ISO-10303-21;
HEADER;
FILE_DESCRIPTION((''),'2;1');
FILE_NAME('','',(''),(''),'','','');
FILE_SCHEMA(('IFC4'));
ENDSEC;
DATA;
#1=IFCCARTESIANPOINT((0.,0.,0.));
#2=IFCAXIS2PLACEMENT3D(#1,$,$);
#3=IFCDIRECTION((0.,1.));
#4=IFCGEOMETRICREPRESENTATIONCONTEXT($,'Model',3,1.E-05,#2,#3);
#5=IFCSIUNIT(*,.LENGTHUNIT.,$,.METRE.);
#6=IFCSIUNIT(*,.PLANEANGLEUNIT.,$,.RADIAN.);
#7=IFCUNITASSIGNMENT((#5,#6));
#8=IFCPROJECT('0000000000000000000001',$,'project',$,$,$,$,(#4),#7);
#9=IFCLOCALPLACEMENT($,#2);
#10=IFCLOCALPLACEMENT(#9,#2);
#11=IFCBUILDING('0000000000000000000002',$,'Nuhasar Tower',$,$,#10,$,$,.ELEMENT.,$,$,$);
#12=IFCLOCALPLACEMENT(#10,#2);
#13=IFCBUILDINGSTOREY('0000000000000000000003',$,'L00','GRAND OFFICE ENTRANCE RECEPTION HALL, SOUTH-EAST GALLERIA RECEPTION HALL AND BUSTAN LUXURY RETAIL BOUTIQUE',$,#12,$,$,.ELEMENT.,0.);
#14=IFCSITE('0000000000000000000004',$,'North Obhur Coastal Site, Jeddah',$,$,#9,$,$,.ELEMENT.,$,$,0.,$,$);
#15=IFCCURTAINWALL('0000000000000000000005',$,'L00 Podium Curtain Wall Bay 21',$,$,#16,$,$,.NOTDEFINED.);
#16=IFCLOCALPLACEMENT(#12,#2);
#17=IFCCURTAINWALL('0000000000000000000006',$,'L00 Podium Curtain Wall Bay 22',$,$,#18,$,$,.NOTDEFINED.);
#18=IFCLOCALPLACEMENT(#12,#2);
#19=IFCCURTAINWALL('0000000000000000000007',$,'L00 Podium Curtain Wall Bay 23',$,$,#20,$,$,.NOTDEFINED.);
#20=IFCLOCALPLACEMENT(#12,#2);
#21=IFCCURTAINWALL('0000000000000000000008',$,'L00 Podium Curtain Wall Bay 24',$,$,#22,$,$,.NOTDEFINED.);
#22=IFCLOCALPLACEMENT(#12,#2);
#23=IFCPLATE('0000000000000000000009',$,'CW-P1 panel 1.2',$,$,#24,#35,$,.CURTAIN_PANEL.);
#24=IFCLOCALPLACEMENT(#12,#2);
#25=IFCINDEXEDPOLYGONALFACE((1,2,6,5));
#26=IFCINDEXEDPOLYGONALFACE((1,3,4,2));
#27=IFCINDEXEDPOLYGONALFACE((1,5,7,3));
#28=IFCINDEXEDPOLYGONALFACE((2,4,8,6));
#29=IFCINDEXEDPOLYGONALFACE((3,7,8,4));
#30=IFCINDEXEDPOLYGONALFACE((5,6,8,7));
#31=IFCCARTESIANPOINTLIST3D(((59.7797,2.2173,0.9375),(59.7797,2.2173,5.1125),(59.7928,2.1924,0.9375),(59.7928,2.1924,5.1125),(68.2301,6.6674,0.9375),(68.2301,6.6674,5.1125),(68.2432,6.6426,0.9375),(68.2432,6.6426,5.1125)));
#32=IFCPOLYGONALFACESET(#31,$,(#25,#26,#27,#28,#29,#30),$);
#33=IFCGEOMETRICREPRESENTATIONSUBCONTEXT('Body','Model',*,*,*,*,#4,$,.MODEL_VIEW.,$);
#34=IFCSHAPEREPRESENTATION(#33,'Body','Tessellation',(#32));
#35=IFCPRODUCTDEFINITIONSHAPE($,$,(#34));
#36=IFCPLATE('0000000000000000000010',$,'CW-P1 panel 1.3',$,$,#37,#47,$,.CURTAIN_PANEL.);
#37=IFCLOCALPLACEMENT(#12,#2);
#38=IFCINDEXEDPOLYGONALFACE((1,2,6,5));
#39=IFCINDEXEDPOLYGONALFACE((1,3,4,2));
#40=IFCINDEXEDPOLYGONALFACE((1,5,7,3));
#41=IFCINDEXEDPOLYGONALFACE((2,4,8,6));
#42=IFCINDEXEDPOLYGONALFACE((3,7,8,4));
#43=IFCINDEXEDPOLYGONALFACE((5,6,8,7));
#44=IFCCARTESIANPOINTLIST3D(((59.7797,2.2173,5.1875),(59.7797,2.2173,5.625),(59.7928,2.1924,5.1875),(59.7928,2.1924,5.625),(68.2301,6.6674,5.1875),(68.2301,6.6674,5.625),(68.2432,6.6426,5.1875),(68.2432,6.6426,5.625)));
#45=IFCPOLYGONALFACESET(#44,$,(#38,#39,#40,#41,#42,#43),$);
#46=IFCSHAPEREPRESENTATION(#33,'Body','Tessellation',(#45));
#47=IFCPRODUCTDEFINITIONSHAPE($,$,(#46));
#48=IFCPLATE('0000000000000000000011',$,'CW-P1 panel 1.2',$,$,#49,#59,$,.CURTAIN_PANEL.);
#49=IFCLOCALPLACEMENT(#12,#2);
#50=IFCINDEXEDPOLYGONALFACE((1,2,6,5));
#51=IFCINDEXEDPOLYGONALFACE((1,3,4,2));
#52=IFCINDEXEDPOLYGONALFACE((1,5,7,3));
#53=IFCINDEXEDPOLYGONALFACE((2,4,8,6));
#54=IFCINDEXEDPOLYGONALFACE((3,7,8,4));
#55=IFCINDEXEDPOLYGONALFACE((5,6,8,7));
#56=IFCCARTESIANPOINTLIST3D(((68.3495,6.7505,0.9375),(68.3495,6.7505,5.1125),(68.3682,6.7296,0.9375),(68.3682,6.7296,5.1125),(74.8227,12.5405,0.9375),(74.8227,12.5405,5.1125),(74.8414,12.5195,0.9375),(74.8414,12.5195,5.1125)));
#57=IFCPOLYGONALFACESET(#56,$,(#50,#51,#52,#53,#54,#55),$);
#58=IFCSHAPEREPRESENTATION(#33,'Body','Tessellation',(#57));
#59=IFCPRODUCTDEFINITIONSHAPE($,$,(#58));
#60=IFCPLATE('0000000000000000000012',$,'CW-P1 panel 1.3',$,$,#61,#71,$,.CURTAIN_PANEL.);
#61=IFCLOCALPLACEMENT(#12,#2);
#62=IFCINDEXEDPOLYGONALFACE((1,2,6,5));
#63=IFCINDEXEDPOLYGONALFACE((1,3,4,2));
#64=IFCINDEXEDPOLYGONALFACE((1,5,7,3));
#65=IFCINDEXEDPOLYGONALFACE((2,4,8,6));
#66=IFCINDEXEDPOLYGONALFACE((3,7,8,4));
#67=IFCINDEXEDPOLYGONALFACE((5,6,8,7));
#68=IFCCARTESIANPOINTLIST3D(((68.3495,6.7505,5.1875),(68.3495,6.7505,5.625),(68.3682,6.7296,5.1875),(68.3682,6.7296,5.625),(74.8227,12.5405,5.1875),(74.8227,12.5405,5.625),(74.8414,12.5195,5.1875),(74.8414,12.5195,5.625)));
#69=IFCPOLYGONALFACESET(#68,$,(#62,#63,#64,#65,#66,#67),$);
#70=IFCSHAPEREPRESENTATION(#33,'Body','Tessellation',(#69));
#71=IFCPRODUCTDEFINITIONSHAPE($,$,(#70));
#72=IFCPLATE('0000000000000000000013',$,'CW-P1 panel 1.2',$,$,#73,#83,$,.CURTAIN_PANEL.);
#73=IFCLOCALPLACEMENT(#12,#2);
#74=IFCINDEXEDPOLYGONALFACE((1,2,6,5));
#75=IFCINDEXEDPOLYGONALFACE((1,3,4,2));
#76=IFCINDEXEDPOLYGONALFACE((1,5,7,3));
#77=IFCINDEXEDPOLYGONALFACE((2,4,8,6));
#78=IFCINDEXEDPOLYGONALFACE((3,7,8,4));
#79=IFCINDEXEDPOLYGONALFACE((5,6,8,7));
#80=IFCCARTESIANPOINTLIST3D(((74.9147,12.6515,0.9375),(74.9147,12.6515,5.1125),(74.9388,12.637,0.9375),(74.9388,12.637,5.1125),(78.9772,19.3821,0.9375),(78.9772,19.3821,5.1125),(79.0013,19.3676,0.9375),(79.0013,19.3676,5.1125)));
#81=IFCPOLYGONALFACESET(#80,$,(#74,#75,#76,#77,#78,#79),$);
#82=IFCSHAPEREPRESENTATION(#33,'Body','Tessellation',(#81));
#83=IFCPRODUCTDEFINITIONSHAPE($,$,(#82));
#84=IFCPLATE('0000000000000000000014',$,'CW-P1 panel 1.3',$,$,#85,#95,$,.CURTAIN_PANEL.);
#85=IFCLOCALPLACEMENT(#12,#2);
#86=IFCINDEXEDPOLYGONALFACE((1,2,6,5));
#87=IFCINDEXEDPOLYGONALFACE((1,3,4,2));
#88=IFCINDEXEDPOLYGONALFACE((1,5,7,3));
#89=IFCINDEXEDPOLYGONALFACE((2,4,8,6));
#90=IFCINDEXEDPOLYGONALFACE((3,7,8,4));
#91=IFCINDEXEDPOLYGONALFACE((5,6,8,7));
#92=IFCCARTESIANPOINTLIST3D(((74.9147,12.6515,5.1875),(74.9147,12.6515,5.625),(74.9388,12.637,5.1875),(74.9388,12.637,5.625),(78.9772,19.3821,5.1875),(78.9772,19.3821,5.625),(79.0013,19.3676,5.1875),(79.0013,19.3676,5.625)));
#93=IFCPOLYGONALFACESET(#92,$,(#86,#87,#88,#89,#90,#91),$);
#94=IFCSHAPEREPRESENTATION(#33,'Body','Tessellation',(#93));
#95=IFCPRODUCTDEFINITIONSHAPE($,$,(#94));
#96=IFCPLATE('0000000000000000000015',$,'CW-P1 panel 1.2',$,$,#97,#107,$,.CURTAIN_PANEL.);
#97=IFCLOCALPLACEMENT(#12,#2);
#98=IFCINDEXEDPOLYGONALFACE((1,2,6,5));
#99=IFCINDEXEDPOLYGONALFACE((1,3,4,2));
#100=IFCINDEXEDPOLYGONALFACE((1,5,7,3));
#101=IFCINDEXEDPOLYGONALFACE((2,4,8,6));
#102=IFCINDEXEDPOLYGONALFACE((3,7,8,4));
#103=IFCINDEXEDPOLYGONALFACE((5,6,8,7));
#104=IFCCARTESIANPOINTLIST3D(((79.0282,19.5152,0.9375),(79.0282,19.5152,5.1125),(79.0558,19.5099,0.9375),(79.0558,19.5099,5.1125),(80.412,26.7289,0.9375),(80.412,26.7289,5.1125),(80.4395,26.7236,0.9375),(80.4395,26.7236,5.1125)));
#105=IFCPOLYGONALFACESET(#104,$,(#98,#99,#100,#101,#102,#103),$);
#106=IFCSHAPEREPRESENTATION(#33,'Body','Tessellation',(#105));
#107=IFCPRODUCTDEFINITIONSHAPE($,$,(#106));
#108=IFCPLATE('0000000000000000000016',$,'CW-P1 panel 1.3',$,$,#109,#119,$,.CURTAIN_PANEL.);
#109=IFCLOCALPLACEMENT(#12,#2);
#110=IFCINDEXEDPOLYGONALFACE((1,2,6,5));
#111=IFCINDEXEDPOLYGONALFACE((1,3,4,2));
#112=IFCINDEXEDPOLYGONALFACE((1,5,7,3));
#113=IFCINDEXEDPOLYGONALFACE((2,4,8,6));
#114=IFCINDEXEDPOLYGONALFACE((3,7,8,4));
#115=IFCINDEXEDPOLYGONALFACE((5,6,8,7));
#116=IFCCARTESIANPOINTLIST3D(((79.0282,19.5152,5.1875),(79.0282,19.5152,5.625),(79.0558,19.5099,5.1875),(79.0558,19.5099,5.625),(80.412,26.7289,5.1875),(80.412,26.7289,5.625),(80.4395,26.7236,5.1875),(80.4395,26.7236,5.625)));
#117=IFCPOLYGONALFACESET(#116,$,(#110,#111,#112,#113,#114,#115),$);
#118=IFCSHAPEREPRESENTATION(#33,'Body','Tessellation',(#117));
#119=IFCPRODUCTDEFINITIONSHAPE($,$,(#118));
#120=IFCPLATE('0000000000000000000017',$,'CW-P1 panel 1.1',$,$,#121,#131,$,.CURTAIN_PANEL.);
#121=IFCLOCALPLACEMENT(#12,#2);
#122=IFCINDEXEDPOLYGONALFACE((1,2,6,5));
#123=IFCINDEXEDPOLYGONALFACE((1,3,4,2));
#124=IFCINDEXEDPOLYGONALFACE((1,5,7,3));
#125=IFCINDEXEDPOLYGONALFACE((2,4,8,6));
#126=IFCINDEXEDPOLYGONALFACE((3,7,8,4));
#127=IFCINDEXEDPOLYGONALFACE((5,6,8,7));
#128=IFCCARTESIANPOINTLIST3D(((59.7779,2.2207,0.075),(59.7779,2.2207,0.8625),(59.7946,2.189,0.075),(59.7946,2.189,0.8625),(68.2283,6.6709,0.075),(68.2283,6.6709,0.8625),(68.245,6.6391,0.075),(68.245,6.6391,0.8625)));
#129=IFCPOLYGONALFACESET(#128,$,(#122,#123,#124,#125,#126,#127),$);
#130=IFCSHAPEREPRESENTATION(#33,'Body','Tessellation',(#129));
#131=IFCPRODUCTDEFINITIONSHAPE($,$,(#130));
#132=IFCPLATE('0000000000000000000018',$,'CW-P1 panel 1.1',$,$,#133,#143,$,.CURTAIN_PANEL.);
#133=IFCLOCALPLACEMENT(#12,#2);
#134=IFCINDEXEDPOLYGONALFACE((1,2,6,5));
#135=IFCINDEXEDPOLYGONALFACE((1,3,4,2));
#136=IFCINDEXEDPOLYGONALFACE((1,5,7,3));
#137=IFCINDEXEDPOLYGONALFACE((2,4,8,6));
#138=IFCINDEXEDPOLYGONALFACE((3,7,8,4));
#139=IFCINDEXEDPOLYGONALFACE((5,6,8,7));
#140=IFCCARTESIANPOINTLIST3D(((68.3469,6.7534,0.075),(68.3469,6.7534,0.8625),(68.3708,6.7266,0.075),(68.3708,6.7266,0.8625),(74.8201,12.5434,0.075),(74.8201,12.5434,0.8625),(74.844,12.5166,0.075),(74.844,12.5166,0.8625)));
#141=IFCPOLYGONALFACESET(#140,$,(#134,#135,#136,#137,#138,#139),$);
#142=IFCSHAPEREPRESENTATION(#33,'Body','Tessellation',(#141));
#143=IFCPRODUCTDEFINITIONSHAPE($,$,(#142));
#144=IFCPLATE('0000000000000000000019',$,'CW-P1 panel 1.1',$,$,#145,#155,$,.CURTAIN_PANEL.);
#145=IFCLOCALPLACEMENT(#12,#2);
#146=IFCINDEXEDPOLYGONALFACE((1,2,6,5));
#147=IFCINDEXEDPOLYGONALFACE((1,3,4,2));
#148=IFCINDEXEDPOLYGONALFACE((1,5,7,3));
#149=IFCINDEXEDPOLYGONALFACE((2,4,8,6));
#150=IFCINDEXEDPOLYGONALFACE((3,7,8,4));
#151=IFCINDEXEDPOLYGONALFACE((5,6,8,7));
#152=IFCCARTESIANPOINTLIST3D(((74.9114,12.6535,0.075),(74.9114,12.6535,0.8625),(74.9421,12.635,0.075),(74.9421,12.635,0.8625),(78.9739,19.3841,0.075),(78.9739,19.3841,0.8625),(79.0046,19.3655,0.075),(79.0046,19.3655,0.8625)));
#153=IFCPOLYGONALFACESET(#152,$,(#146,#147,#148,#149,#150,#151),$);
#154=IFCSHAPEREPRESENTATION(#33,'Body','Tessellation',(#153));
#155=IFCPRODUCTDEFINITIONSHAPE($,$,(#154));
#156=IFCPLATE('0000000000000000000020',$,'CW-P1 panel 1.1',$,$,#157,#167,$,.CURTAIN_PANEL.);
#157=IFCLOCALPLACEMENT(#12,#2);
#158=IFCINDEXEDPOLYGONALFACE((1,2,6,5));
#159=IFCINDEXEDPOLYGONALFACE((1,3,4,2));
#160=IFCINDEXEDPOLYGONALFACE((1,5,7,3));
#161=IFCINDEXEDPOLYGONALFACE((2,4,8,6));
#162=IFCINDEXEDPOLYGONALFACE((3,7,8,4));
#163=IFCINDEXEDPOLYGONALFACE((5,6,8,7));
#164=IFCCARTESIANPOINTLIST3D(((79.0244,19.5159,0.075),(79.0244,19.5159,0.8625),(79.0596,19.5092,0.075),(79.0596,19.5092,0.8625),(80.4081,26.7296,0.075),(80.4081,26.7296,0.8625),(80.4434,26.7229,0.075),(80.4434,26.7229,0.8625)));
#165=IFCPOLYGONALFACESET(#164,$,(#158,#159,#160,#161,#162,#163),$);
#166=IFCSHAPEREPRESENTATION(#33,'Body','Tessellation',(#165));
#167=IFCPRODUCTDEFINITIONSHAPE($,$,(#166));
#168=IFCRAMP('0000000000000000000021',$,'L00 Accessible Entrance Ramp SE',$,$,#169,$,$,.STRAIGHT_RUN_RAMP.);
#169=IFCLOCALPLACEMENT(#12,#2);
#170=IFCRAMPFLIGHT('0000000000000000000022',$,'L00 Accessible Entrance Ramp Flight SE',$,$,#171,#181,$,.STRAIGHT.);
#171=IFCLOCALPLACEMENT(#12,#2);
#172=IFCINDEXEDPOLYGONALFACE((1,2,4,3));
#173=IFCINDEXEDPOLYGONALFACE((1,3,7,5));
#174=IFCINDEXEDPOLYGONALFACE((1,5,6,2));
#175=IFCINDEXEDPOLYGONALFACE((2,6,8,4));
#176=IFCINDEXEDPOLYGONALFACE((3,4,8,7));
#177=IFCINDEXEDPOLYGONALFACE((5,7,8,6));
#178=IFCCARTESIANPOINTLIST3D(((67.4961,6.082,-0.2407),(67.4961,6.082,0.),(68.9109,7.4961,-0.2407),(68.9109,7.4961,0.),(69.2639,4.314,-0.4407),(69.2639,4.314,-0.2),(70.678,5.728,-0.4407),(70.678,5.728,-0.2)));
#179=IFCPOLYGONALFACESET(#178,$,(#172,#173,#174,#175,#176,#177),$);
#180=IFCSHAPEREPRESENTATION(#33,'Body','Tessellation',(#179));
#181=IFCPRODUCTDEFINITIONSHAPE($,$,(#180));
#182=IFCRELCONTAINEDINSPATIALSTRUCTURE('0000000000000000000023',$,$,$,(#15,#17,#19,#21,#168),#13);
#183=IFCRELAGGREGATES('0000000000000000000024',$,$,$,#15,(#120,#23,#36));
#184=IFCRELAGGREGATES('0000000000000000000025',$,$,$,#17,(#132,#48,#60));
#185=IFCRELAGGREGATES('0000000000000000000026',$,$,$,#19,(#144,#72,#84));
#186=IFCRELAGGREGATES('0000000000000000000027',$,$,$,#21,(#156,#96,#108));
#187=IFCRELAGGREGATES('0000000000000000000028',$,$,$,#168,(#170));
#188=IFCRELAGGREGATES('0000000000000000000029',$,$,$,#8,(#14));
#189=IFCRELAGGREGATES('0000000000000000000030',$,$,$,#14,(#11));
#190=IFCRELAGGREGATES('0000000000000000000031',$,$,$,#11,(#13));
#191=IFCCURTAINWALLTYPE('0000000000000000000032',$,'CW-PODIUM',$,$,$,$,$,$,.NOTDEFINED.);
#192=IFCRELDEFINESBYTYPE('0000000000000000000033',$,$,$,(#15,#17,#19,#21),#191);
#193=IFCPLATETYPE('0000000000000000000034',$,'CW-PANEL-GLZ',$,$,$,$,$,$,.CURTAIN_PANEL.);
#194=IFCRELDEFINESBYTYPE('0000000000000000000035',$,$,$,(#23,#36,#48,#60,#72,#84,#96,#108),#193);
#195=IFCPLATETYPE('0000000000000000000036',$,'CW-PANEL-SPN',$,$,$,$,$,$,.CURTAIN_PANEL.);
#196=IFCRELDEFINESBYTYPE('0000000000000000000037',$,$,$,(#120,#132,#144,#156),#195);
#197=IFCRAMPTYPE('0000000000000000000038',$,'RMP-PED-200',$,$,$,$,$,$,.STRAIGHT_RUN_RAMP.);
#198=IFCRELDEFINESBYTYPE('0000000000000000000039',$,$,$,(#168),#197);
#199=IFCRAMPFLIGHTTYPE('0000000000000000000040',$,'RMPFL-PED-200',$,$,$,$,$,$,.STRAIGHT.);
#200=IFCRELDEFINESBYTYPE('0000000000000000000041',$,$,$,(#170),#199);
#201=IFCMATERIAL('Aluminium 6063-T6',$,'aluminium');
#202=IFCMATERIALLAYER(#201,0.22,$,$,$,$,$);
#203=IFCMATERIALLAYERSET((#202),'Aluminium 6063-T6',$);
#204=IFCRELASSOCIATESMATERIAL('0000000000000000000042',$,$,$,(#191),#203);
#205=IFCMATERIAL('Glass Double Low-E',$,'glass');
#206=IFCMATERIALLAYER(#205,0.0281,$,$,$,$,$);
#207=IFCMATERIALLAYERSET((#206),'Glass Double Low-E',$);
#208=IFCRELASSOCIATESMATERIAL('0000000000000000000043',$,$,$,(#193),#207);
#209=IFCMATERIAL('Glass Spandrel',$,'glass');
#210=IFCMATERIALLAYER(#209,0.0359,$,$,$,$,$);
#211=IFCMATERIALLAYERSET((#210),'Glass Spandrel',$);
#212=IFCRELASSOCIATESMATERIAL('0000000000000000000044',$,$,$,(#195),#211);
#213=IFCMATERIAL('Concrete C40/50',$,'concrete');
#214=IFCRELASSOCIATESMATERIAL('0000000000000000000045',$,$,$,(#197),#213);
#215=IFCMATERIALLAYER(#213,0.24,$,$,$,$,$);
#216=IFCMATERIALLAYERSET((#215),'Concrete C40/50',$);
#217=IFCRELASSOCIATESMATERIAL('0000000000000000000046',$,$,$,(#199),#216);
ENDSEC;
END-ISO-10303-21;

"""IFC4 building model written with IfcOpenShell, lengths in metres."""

from ifc_helpers import new_model, si_unit, direction, frame, origin, origin_2d, place, context, subcontext, project, spatial, polyline, rectangle, outline, extrude, material, layer, layer_set, type_object, element, aggregate, save


model = new_model("IFC4")

# Units and contexts
model_context = context("Model", 3, precision=1e-05, world=origin(), true_north=direction((0.0, 1.0)))
body_context = subcontext(model_context, "Body", "Model", "MODEL_VIEW")
ifc_project = project(units=[si_unit("LENGTHUNIT", "METRE"), si_unit("PLANEANGLEUNIT", "RADIAN")], contexts=[model_context])

# Site, building, storey
site_placement = place(None, origin())
site = spatial("IfcSite", under=ifc_project, at=site_placement, Name="North Obhur Coastal Site, Jeddah", CompositionType="ELEMENT", RefElevation=0.0)
building_placement = place(site_placement, origin())
building = spatial("IfcBuilding", under=site, at=building_placement, Name="Nuhasar Tower", CompositionType="ELEMENT")
storey_placement = place(building_placement, origin())
storey = spatial("IfcBuildingStorey", under=building, at=storey_placement, Name="L00", Description="GRAND OFFICE ENTRANCE RECEPTION HALL, SOUTH-EAST GALLERIA RECEPTION HALL AND BUSTAN LUXURY RETAIL BOUTIQUE", CompositionType="ELEMENT", Elevation=0.0)

# Shared definitions
ifc_material_1 = material(Name="Concrete C40/50", Category="concrete")

# Curtain wall
ifc_material_2 = material(Name="Aluminium 6063-T6", Category="aluminium")
ifc_layer_1 = layer(ifc_material_2, 0.22)
ifc_layer_set_1 = layer_set([ifc_layer_1], Name="Aluminium 6063-T6")
curtain_wall_type = type_object("IfcCurtainWallType", Name="CW-PODIUM", PredefinedType="NOTDEFINED", material=ifc_layer_set_1)
curtain_wall_1_placement = place(storey_placement, origin())
curtain_wall_1 = element("IfcCurtainWall", 1, at=curtain_wall_1_placement, inside=storey, type_object=curtain_wall_type, Name="L00 Podium Curtain Wall Bay 21", PredefinedType="NOTDEFINED")

# Curtain walls
curtain_wall_2_placement = place(storey_placement, origin())
curtain_wall_2 = element("IfcCurtainWall", 2, at=curtain_wall_2_placement, inside=storey, type_object=curtain_wall_type, Name="L00 Podium Curtain Wall Bay 22", PredefinedType="NOTDEFINED")
curtain_wall_3_placement = place(storey_placement, origin())
curtain_wall_3 = element("IfcCurtainWall", 3, at=curtain_wall_3_placement, inside=storey, type_object=curtain_wall_type, Name="L00 Podium Curtain Wall Bay 23", PredefinedType="NOTDEFINED")

# Curtain wall
curtain_wall_4_placement = place(storey_placement, origin())
curtain_wall_4 = element("IfcCurtainWall", 4, at=curtain_wall_4_placement, inside=storey, type_object=curtain_wall_type, Name="L00 Podium Curtain Wall Bay 24", PredefinedType="NOTDEFINED")

# Plates
ifc_material_3 = material(Name="Glass Double Low-E", Category="glass")
ifc_layer_2 = layer(ifc_material_3, 0.0281)
ifc_layer_set_2 = layer_set([ifc_layer_2], Name="Glass Double Low-E")
plate_type_1 = type_object("IfcPlateType", Name="CW-PANEL-GLZ", PredefinedType="CURTAIN_PANEL", material=ifc_layer_set_2)
plate_1_placement = place(storey_placement, frame((64.0115, 4.4299, 0.9375), z_axis=(0.0, 0.0, 1.0), x_axis=(0.884806, 0.465959, 0.0)))
plate_1 = element("IfcPlate", 5, at=plate_1_placement, type_object=plate_type_1, Name="CW-P1 panel 1.2", PredefinedType="CURTAIN_PANEL", context=body_context, shape_type="SweptSolid", body=[
    extrude(rectangle(XDim=9.5505, YDim=0.0281, at=origin_2d()), origin(), (0.0, 0.0, 1.0), 4.175),
])
plate_2_placement = place(storey_placement, frame((64.0115, 4.4299, 5.1875), z_axis=(0.0, 0.0, 1.0), x_axis=(0.884806, 0.465959, 0.0)))
plate_2 = element("IfcPlate", 6, at=plate_2_placement, type_object=plate_type_1, Name="CW-P1 panel 1.3", PredefinedType="CURTAIN_PANEL", context=body_context, shape_type="SweptSolid", body=[
    extrude(rectangle(XDim=9.5505, YDim=0.0281, at=origin_2d()), origin(), (0.0, 0.0, 1.0), 0.4375),
])
plate_3_placement = place(storey_placement, frame((71.5955, 9.635, 0.9375), z_axis=(0.0, 0.0, 1.0), x_axis=(0.745345, 0.666679, 0.0)))
plate_3 = element("IfcPlate", 7, at=plate_3_placement, type_object=plate_type_1, Name="CW-P1 panel 1.2", PredefinedType="CURTAIN_PANEL", context=body_context, shape_type="SweptSolid", body=[
    extrude(rectangle(XDim=8.6848, YDim=0.0281, at=origin_2d()), origin(), (0.0, 0.0, 1.0), 4.175),
])
plate_4_placement = place(storey_placement, frame((71.5955, 9.635, 5.1875), z_axis=(0.0, 0.0, 1.0), x_axis=(0.745345, 0.666679, 0.0)))
plate_4 = element("IfcPlate", 8, at=plate_4_placement, type_object=plate_type_1, Name="CW-P1 panel 1.3", PredefinedType="CURTAIN_PANEL", context=body_context, shape_type="SweptSolid", body=[
    extrude(rectangle(XDim=8.6848, YDim=0.0281, at=origin_2d()), origin(), (0.0, 0.0, 1.0), 0.4375),
])
plate_5_placement = place(storey_placement, frame((76.958, 16.0095, 0.9375), z_axis=(0.0, 0.0, 1.0), x_axis=(0.516752, 0.856135, 0.0)))
plate_5 = element("IfcPlate", 9, at=plate_5_placement, type_object=plate_type_1, Name="CW-P1 panel 1.2", PredefinedType="CURTAIN_PANEL", context=body_context, shape_type="SweptSolid", body=[
    extrude(rectangle(XDim=7.8616, YDim=0.0281, at=origin_2d()), origin(), (0.0, 0.0, 1.0), 4.175),
])
plate_6_placement = place(storey_placement, frame((76.958, 16.0095, 5.1875), z_axis=(0.0, 0.0, 1.0), x_axis=(0.516752, 0.856135, 0.0)))
plate_6 = element("IfcPlate", 10, at=plate_6_placement, type_object=plate_type_1, Name="CW-P1 panel 1.3", PredefinedType="CURTAIN_PANEL", context=body_context, shape_type="SweptSolid", body=[
    extrude(rectangle(XDim=7.8616, YDim=0.0281, at=origin_2d()), origin(), (0.0, 0.0, 1.0), 0.4375),
])
plate_7_placement = place(storey_placement, frame((79.7339, 23.1194, 0.9375), z_axis=(0.0, 0.0, 1.0), x_axis=(0.188387, 0.982095, 0.0)))
plate_7 = element("IfcPlate", 11, at=plate_7_placement, type_object=plate_type_1, Name="CW-P1 panel 1.2", PredefinedType="CURTAIN_PANEL", context=body_context, shape_type="SweptSolid", body=[
    extrude(rectangle(XDim=7.3452, YDim=0.0281, at=origin_2d()), origin(), (0.0, 0.0, 1.0), 4.175),
])
plate_8_placement = place(storey_placement, frame((79.7339, 23.1194, 5.1875), z_axis=(0.0, 0.0, 1.0), x_axis=(0.188387, 0.982095, 0.0)))
plate_8 = element("IfcPlate", 12, at=plate_8_placement, type_object=plate_type_1, Name="CW-P1 panel 1.3", PredefinedType="CURTAIN_PANEL", context=body_context, shape_type="SweptSolid", body=[
    extrude(rectangle(XDim=7.3452, YDim=0.0281, at=origin_2d()), origin(), (0.0, 0.0, 1.0), 0.4375),
])
ifc_material_4 = material(Name="Glass Spandrel", Category="glass")
ifc_layer_3 = layer(ifc_material_4, 0.0359)
ifc_layer_set_3 = layer_set([ifc_layer_3], Name="Glass Spandrel")
plate_type_2 = type_object("IfcPlateType", Name="CW-PANEL-SPN", PredefinedType="CURTAIN_PANEL", material=ifc_layer_set_3)
plate_9_placement = place(storey_placement, frame((64.0115, 4.4299, 0.075), z_axis=(0.0, 0.0, 1.0), x_axis=(0.884806, 0.465959, 0.0)))
plate_9 = element("IfcPlate", 13, at=plate_9_placement, type_object=plate_type_2, Name="CW-P1 panel 1.1", PredefinedType="CURTAIN_PANEL", context=body_context, shape_type="SweptSolid", body=[
    extrude(rectangle(XDim=9.5505, YDim=0.0359, at=origin_2d()), origin(), (0.0, 0.0, 1.0), 0.7876),
])
aggregate(curtain_wall_1, [plate_9, plate_1, plate_2])
plate_10_placement = place(storey_placement, frame((71.5955, 9.635, 0.075), z_axis=(0.0, 0.0, 1.0), x_axis=(0.745345, 0.666679, 0.0)))
plate_10 = element("IfcPlate", 14, at=plate_10_placement, type_object=plate_type_2, Name="CW-P1 panel 1.1", PredefinedType="CURTAIN_PANEL", context=body_context, shape_type="SweptSolid", body=[
    extrude(rectangle(XDim=8.6848, YDim=0.0359, at=origin_2d()), origin(), (0.0, 0.0, 1.0), 0.7876),
])
aggregate(curtain_wall_2, [plate_10, plate_3, plate_4])
plate_11_placement = place(storey_placement, frame((76.958, 16.0095, 0.075), z_axis=(0.0, 0.0, 1.0), x_axis=(0.516752, 0.856135, 0.0)))
plate_11 = element("IfcPlate", 15, at=plate_11_placement, type_object=plate_type_2, Name="CW-P1 panel 1.1", PredefinedType="CURTAIN_PANEL", context=body_context, shape_type="SweptSolid", body=[
    extrude(rectangle(XDim=7.8616, YDim=0.0359, at=origin_2d()), origin(), (0.0, 0.0, 1.0), 0.7876),
])
aggregate(curtain_wall_3, [plate_11, plate_5, plate_6])
plate_12_placement = place(storey_placement, frame((79.7339, 23.1194, 0.075), z_axis=(0.0, 0.0, 1.0), x_axis=(0.188387, 0.982095, 0.0)))
plate_12 = element("IfcPlate", 16, at=plate_12_placement, type_object=plate_type_2, Name="CW-P1 panel 1.1", PredefinedType="CURTAIN_PANEL", context=body_context, shape_type="SweptSolid", body=[
    extrude(rectangle(XDim=7.3452, YDim=0.0359, at=origin_2d()), origin(), (0.0, 0.0, 1.0), 0.7876),
])
aggregate(curtain_wall_4, [plate_12, plate_7, plate_8])

# Ramp, ramp flight
ramp_type = type_object("IfcRampType", Name="RMP-PED-200", PredefinedType="STRAIGHT_RUN_RAMP", material=ifc_material_1)
ramp_placement = place(storey_placement, origin())
ramp = element("IfcRamp", 17, at=ramp_placement, inside=storey, type_object=ramp_type, Name="L00 Accessible Entrance Ramp SE", PredefinedType="STRAIGHT_RUN_RAMP")
ifc_layer_4 = layer(ifc_material_1, 0.24)
ifc_layer_set_4 = layer_set([ifc_layer_4], Name="Concrete C40/50")
ramp_flight_type = type_object("IfcRampFlightType", Name="RMPFL-PED-200", PredefinedType="STRAIGHT", material=ifc_layer_set_4)
ramp_flight_placement = place(storey_placement, frame((67.4961, 6.082, 0.0), z_axis=(0.056368, -0.056382, 0.996817), x_axis=(0.704807, -0.704905, -0.079726)))
ramp_flight = element("IfcRampFlight", 18, at=ramp_flight_placement, type_object=ramp_flight_type, Name="L00 Accessible Entrance Ramp Flight SE", PredefinedType="STRAIGHT", context=body_context, shape_type="SweptSolid", body=[
    extrude(outline(polyline([(0.0, 0.0), (2.5082, 0.0), (2.5081, 1.9998), (0.0004, 2.0003), (0.0, 0.0)])), origin(), (0.079726, -0.000005, -0.996817), 0.2407),
])
aggregate(ramp, [ramp_flight])

save(model, "model.ifc")
